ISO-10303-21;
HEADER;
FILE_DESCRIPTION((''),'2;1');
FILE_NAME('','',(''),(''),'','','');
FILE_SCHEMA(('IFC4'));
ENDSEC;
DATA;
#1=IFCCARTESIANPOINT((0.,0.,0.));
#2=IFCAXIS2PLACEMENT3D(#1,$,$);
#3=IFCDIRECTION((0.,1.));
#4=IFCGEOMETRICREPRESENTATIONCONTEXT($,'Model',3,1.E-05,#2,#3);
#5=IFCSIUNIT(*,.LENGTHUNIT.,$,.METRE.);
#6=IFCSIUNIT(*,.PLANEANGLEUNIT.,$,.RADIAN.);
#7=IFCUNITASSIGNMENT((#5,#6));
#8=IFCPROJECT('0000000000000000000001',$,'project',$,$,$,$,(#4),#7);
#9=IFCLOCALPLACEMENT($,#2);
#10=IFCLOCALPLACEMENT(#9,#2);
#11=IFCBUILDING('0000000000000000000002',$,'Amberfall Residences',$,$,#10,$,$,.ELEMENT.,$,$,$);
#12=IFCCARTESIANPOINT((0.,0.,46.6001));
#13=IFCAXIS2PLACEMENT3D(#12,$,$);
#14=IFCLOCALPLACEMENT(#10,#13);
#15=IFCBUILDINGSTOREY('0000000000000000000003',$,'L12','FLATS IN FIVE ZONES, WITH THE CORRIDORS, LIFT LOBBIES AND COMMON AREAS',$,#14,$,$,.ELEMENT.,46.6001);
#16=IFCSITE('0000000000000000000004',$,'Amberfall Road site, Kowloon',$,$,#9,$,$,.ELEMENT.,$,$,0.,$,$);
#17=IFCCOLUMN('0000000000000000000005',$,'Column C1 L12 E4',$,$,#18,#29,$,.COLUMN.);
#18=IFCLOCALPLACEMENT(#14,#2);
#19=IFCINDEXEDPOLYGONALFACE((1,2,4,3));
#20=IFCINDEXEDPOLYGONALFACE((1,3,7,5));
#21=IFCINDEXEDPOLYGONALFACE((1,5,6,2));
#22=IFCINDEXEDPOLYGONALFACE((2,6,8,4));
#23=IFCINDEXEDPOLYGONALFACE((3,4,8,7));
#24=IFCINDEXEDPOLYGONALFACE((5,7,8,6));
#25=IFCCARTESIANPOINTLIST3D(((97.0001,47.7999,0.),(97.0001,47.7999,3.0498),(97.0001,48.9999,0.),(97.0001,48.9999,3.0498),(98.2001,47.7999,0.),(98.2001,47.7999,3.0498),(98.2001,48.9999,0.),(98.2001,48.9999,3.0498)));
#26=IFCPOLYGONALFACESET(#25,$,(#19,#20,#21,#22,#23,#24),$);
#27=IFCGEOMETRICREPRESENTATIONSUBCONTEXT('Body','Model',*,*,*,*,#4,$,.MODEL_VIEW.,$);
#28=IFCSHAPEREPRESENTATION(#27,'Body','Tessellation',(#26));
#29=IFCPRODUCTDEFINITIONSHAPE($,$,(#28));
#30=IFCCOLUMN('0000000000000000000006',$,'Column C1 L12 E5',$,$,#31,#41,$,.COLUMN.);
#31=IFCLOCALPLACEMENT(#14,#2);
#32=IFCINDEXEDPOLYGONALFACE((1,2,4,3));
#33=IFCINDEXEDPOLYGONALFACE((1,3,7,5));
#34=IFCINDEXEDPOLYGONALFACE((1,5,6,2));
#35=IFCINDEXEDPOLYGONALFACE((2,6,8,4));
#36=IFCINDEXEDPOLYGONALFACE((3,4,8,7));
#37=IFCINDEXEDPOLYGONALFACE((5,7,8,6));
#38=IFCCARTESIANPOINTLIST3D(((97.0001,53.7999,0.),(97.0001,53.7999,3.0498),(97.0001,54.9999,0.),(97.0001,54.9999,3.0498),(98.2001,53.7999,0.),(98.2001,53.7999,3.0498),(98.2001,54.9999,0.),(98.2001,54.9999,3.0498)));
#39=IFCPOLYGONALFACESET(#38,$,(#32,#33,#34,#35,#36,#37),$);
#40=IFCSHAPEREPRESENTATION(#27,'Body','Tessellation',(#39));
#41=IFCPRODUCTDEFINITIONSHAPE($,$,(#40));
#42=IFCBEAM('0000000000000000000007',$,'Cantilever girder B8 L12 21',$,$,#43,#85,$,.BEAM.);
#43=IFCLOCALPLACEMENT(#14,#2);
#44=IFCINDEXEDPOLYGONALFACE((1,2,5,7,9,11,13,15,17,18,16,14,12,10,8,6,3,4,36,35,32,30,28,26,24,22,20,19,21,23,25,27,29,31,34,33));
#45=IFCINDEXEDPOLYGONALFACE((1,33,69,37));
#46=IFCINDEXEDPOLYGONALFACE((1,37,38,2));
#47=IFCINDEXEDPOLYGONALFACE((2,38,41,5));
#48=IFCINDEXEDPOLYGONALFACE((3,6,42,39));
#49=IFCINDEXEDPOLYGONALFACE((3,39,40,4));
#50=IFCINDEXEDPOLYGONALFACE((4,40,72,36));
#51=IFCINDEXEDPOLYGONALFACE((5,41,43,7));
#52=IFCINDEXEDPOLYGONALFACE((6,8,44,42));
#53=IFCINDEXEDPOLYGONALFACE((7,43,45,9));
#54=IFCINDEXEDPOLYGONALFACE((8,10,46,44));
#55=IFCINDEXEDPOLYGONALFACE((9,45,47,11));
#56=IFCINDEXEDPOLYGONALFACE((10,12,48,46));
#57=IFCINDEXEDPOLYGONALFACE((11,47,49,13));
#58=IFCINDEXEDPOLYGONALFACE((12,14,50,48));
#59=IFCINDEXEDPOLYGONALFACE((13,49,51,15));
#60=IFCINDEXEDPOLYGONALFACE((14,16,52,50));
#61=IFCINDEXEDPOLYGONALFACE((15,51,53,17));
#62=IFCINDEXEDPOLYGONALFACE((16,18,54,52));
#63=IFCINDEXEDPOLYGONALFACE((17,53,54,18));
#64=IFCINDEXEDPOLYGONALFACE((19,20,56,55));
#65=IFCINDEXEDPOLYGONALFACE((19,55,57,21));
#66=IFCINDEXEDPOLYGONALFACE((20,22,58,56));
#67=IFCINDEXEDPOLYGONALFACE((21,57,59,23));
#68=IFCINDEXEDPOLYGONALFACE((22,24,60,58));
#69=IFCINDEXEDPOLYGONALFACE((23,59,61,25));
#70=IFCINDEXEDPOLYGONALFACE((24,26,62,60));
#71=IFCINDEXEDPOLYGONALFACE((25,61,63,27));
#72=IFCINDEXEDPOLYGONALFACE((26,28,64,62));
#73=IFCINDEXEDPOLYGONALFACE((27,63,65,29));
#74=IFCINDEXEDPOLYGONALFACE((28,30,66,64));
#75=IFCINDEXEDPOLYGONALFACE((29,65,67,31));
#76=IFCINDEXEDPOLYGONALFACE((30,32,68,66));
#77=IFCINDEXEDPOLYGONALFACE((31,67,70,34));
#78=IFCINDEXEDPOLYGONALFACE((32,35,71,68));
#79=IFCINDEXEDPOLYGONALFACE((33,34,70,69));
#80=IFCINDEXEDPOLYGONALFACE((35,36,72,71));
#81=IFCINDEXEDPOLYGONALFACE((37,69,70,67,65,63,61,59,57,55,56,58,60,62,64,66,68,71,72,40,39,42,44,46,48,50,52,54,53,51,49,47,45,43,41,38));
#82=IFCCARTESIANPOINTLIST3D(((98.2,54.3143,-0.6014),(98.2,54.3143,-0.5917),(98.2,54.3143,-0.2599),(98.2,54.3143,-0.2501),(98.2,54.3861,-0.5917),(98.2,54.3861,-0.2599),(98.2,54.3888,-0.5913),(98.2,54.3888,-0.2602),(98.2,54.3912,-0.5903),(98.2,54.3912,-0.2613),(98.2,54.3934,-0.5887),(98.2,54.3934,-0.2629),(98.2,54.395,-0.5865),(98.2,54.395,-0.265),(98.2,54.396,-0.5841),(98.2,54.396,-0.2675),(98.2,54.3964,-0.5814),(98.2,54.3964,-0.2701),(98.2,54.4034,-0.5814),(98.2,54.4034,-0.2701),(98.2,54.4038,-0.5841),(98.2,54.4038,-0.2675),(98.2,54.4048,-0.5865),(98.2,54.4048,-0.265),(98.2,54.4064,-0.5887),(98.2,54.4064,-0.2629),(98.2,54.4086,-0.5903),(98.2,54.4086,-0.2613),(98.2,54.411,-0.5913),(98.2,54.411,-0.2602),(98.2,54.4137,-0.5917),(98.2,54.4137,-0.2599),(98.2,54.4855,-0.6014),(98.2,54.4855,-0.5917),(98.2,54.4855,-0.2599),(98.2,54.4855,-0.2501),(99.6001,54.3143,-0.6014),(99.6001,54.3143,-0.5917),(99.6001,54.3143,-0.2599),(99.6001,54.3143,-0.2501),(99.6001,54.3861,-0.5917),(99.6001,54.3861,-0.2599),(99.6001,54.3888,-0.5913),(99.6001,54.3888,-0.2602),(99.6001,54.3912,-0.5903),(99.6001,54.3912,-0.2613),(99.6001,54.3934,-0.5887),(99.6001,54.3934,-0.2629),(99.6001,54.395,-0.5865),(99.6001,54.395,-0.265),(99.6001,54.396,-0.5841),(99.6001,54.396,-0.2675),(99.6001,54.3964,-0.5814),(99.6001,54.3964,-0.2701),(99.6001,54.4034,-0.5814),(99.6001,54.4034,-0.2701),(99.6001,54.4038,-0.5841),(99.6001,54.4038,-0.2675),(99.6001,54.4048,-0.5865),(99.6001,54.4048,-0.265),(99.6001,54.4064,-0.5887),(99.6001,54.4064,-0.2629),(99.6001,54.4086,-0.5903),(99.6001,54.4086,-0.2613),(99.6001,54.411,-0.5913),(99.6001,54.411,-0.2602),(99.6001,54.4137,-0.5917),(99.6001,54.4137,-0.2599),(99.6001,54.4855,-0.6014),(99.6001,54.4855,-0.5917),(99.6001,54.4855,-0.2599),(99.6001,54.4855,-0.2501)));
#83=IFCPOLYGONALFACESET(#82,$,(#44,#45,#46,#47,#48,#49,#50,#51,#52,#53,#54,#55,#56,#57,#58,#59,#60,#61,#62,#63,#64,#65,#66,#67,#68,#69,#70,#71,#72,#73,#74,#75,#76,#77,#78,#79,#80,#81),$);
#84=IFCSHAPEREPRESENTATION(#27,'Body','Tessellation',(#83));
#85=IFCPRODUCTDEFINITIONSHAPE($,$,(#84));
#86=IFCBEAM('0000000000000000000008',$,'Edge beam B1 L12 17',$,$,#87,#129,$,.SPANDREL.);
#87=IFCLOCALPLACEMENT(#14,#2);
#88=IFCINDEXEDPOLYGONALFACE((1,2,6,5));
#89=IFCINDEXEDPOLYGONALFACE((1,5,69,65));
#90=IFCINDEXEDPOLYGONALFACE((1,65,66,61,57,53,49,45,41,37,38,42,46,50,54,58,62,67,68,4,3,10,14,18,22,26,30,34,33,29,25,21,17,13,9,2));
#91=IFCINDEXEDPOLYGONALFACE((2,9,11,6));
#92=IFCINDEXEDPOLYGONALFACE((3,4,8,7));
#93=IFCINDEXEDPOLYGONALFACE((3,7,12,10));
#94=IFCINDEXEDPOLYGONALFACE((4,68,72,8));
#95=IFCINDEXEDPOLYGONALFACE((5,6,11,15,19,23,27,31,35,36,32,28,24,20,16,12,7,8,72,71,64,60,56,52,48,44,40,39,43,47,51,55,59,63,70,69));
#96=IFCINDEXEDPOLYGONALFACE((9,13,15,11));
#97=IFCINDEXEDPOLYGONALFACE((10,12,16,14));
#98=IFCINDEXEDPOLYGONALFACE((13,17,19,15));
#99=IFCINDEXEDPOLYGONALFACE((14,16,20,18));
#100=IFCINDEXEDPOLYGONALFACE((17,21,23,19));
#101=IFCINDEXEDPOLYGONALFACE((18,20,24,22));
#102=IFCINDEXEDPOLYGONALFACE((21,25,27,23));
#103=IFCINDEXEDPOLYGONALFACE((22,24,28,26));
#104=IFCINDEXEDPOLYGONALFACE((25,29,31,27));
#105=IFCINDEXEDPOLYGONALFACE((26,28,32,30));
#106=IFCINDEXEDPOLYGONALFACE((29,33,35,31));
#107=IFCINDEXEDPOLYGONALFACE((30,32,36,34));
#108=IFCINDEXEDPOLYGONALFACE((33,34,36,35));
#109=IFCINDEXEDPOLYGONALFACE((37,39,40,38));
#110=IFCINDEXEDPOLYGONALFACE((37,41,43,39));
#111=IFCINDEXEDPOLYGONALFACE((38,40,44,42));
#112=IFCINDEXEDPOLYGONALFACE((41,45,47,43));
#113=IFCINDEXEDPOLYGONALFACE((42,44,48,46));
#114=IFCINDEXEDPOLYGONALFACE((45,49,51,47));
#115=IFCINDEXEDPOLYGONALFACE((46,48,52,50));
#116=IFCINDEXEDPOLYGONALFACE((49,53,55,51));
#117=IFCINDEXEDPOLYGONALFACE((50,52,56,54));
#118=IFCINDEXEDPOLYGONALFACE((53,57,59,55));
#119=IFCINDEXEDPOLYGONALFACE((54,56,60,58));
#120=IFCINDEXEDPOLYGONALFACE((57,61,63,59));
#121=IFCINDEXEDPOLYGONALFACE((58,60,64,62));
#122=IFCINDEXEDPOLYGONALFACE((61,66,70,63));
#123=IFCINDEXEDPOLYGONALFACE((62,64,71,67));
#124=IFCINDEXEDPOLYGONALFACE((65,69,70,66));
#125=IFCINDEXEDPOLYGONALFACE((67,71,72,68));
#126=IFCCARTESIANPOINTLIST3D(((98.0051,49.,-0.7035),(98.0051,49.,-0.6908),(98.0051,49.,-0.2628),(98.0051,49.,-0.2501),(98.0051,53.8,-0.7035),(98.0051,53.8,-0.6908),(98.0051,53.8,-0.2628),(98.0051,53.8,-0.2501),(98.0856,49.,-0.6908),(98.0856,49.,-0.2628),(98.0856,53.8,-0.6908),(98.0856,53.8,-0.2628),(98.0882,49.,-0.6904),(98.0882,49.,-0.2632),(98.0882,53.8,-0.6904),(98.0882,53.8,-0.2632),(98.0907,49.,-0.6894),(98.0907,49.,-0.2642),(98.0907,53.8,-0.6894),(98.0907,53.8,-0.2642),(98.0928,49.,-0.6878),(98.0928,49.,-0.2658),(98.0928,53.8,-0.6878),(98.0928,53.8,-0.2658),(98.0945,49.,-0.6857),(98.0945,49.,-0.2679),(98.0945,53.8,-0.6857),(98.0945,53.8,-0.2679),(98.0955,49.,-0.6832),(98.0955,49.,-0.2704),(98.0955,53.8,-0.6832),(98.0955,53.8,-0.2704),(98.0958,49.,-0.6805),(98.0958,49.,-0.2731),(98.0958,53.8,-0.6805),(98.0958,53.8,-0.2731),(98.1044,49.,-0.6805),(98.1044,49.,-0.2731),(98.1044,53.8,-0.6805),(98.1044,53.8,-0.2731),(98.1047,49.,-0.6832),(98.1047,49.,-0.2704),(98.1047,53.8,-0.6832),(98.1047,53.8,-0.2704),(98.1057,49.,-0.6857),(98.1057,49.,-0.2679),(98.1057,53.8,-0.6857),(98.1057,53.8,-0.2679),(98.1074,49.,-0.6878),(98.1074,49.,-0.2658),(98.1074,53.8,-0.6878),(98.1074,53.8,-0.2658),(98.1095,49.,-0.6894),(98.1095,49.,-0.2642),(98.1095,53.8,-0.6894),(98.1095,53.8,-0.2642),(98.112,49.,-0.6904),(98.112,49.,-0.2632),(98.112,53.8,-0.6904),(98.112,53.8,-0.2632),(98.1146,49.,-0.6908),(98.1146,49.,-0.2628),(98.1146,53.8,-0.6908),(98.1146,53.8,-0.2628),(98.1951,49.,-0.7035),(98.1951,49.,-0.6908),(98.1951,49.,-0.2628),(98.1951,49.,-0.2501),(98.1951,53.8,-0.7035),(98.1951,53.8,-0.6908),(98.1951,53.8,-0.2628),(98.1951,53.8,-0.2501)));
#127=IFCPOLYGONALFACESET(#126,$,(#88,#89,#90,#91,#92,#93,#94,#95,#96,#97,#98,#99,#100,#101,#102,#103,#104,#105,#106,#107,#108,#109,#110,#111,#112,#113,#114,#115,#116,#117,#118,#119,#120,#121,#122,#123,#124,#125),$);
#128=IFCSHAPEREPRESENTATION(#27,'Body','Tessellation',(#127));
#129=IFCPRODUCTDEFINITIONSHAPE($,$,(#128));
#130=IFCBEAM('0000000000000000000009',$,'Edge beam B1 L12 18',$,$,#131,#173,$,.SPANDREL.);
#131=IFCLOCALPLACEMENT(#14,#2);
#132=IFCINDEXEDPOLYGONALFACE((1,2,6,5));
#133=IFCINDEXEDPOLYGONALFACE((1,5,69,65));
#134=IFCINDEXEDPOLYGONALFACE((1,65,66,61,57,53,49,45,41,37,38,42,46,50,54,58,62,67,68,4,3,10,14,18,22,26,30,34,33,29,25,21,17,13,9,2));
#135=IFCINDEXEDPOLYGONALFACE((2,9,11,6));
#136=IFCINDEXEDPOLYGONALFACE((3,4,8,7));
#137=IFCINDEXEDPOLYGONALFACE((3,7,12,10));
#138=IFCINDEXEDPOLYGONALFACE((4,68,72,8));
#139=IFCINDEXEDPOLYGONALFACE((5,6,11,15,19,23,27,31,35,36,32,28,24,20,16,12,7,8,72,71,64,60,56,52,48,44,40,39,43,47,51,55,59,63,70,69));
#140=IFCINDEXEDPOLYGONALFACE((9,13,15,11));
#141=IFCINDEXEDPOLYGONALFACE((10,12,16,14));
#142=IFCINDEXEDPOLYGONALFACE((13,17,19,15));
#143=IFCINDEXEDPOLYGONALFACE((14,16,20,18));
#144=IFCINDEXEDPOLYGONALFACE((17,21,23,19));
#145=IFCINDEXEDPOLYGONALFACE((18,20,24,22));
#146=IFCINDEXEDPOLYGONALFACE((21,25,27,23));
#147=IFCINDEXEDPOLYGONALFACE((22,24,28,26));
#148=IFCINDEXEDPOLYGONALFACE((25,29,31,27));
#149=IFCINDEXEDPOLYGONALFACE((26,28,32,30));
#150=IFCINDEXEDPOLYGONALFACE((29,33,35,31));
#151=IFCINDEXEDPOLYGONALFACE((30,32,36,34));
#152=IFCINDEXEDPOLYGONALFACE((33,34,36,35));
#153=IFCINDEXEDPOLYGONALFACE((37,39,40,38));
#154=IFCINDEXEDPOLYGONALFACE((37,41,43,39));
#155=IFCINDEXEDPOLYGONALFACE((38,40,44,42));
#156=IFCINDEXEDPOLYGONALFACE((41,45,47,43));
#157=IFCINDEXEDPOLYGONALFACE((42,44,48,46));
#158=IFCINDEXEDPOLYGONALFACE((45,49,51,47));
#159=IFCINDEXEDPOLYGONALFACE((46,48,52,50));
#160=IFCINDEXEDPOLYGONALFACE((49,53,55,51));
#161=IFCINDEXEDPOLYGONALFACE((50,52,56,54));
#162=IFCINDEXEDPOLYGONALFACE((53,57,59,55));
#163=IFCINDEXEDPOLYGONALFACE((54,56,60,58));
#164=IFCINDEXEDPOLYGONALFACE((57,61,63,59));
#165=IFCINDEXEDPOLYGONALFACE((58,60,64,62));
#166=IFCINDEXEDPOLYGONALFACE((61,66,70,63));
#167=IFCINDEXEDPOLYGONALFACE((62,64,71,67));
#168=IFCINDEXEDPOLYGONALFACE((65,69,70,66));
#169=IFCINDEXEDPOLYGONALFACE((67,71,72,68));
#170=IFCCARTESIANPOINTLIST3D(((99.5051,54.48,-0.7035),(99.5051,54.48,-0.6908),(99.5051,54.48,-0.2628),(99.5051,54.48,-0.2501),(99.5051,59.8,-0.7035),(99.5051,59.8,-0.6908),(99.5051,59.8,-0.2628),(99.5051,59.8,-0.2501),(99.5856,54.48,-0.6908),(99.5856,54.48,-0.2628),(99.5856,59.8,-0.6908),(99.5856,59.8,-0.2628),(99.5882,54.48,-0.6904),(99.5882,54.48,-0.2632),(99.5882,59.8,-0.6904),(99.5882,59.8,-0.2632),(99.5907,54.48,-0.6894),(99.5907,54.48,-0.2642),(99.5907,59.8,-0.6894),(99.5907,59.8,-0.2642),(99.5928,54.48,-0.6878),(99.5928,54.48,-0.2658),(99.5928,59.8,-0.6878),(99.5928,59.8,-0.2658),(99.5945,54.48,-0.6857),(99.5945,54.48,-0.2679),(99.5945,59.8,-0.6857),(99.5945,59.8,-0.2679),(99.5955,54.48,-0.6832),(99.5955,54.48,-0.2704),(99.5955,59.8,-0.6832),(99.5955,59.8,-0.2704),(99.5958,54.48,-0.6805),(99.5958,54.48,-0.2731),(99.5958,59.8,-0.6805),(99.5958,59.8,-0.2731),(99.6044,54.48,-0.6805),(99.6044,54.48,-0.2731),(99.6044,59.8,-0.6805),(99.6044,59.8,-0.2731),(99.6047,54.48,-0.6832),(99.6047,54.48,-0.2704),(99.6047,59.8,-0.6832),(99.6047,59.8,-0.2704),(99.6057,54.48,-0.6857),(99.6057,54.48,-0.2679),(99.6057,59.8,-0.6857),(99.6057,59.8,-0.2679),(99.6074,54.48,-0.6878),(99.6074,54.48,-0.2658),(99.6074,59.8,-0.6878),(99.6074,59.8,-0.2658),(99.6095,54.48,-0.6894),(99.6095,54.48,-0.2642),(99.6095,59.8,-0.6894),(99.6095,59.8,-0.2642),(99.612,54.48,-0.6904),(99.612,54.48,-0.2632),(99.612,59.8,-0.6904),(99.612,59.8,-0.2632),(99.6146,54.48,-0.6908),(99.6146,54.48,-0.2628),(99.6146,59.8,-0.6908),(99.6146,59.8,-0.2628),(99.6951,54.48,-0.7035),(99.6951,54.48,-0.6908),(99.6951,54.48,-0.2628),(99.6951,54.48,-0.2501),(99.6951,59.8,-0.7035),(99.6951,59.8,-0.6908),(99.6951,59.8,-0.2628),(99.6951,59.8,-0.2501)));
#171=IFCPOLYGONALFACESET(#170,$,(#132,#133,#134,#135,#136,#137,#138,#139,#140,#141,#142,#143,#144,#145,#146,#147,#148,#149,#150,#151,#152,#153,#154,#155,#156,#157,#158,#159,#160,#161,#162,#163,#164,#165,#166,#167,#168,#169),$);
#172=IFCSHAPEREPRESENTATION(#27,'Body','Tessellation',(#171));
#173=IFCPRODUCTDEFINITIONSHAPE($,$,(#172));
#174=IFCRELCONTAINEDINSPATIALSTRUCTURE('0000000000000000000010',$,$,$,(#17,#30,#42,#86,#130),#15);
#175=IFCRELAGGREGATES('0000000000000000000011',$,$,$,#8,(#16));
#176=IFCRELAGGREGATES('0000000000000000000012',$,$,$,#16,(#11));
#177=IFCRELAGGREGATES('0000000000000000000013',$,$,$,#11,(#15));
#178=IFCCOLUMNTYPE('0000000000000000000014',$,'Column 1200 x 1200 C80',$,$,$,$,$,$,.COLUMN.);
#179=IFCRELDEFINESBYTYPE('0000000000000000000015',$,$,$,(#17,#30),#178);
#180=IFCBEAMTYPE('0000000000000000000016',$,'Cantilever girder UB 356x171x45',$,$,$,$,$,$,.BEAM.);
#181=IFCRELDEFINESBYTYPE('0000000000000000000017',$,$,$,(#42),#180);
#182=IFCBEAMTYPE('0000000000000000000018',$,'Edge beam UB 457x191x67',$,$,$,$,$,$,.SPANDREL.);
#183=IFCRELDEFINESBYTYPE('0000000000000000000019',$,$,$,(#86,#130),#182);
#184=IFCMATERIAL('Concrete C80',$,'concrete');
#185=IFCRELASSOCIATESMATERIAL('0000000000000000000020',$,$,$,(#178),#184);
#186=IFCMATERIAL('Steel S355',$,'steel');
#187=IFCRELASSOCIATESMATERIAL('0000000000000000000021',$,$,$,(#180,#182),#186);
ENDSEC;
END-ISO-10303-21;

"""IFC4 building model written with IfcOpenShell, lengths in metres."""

from ifc_helpers import new_model, si_unit, direction, frame, origin, origin_2d, place, context, subcontext, project, spatial, rectangle, i_section, extrude, material, material_profile, profile_set, type_object, element, save


model = new_model("IFC4")

# Units and contexts
model_context = context("Model", 3, precision=1e-05, world=origin(), true_north=direction((0.0, 1.0)))
body_context = subcontext(model_context, "Body", "Model", "MODEL_VIEW")
ifc_project = project(units=[si_unit("LENGTHUNIT", "METRE"), si_unit("PLANEANGLEUNIT", "RADIAN")], contexts=[model_context])

# Site, building, storey
site_placement = place(None, origin())
site = spatial("IfcSite", under=ifc_project, at=site_placement, Name="Amberfall Road site, Kowloon", CompositionType="ELEMENT", RefElevation=0.0)
building_placement = place(site_placement, origin())
building = spatial("IfcBuilding", under=site, at=building_placement, Name="Amberfall Residences", CompositionType="ELEMENT")
storey_placement = place(building_placement, frame((0.0, 0.0, 46.6001)))
storey = spatial("IfcBuildingStorey", under=building, at=storey_placement, Name="L12", Description="FLATS IN FIVE ZONES, WITH THE CORRIDORS, LIFT LOBBIES AND COMMON AREAS", CompositionType="ELEMENT", Elevation=46.6001)

# Columns
ifc_material_1 = material(Name="Concrete C80", Category="concrete")
ifc_material_profile_1 = material_profile(ifc_material_1, rectangle(XDim=1.2, YDim=1.2, at=origin_2d()), Name="Column 1200 x 1200 C80")
ifc_profile_set_1 = profile_set([ifc_material_profile_1], Name="Concrete C80")
column_type = type_object("IfcColumnType", Name="Column 1200 x 1200 C80", PredefinedType="COLUMN", material=ifc_profile_set_1)
for number, where, z_axis, x_axis, name in (
    (1, (97.6001, 48.3999, 0.0), (0.0, 0.0, 1.0), (1.0, 0.0, 0.0), "Column C1 L12 E4"),
    (2, (97.6001, 54.3999, 0.0), (0.0, 0.0, 1.0), (1.0, 0.0, 0.0), "Column C1 L12 E5"),
):
    element("IfcColumn", number, at=place(storey_placement, frame(where, z_axis=z_axis, x_axis=x_axis)), inside=storey, type_object=column_type, Name=name, PredefinedType="COLUMN", context=body_context, shape_type="SweptSolid", body=[
        extrude(rectangle(XDim=1.2, YDim=1.2, at=origin_2d()), origin(), (0.0, 0.0, 1.0), 3.0498),
    ])

# Beams
ifc_material_2 = material(Name="Steel S355", Category="steel")
ifc_material_profile_2 = material_profile(ifc_material_2, i_section(OverallWidth=0.1711, OverallDepth=0.3513, WebThickness=0.0071, FlangeThickness=0.0098, FilletRadius=0.0103, at=origin_2d()), Name="UB 356x171x45")
ifc_profile_set_2 = profile_set([ifc_material_profile_2], Name="Steel S355")
beam_type_1 = type_object("IfcBeamType", Name="Cantilever girder UB 356x171x45", PredefinedType="BEAM", material=ifc_profile_set_2)
beam_1_placement = place(storey_placement, frame((98.2, 54.3999, -0.4258), z_axis=(1.0, 0.0, 0.0), x_axis=(0.0, 1.0, 0.0)))
element("IfcBeam", 3, at=beam_1_placement, inside=storey, type_object=beam_type_1, Name="Cantilever girder B8 L12 21", PredefinedType="BEAM", context=body_context, shape_type="SweptSolid", body=[
    extrude(i_section(OverallWidth=0.1711, OverallDepth=0.3513, WebThickness=0.0071, FlangeThickness=0.0098, FilletRadius=0.0103, at=origin_2d()), origin(), (0.0, 0.0, 1.0), 1.4001),
])
ifc_material_profile_3 = material_profile(ifc_material_2, i_section(OverallWidth=0.1899, OverallDepth=0.4534, WebThickness=0.0085, FlangeThickness=0.0127, FilletRadius=0.0103, at=origin_2d()), Name="UB 457x191x67")
ifc_profile_set_3 = profile_set([ifc_material_profile_3], Name="Steel S355")
beam_type_2 = type_object("IfcBeamType", Name="Edge beam UB 457x191x67", PredefinedType="SPANDREL", material=ifc_profile_set_3)
beam_2_placement = place(storey_placement, frame((98.1001, 49.0, -0.4768), z_axis=(0.0, 1.0, 0.0), x_axis=(-1.0, 0.0, 0.0)))
element("IfcBeam", 4, at=beam_2_placement, inside=storey, type_object=beam_type_2, Name="Edge beam B1 L12 17", PredefinedType="SPANDREL", context=body_context, shape_type="SweptSolid", body=[
    extrude(i_section(OverallWidth=0.1899, OverallDepth=0.4534, WebThickness=0.0085, FlangeThickness=0.0127, FilletRadius=0.0103, at=origin_2d()), origin(), (0.0, 0.0, 1.0), 4.8),
])
beam_3_placement = place(storey_placement, frame((99.6001, 54.48, -0.4768), z_axis=(0.0, 1.0, 0.0), x_axis=(-1.0, 0.0, 0.0)))
element("IfcBeam", 5, at=beam_3_placement, inside=storey, type_object=beam_type_2, Name="Edge beam B1 L12 18", PredefinedType="SPANDREL", context=body_context, shape_type="SweptSolid", body=[
    extrude(i_section(OverallWidth=0.1899, OverallDepth=0.4534, WebThickness=0.0085, FlangeThickness=0.0127, FilletRadius=0.0103, at=origin_2d()), origin(), (0.0, 0.0, 1.0), 5.3201),
])

save(model, "model.ifc")
